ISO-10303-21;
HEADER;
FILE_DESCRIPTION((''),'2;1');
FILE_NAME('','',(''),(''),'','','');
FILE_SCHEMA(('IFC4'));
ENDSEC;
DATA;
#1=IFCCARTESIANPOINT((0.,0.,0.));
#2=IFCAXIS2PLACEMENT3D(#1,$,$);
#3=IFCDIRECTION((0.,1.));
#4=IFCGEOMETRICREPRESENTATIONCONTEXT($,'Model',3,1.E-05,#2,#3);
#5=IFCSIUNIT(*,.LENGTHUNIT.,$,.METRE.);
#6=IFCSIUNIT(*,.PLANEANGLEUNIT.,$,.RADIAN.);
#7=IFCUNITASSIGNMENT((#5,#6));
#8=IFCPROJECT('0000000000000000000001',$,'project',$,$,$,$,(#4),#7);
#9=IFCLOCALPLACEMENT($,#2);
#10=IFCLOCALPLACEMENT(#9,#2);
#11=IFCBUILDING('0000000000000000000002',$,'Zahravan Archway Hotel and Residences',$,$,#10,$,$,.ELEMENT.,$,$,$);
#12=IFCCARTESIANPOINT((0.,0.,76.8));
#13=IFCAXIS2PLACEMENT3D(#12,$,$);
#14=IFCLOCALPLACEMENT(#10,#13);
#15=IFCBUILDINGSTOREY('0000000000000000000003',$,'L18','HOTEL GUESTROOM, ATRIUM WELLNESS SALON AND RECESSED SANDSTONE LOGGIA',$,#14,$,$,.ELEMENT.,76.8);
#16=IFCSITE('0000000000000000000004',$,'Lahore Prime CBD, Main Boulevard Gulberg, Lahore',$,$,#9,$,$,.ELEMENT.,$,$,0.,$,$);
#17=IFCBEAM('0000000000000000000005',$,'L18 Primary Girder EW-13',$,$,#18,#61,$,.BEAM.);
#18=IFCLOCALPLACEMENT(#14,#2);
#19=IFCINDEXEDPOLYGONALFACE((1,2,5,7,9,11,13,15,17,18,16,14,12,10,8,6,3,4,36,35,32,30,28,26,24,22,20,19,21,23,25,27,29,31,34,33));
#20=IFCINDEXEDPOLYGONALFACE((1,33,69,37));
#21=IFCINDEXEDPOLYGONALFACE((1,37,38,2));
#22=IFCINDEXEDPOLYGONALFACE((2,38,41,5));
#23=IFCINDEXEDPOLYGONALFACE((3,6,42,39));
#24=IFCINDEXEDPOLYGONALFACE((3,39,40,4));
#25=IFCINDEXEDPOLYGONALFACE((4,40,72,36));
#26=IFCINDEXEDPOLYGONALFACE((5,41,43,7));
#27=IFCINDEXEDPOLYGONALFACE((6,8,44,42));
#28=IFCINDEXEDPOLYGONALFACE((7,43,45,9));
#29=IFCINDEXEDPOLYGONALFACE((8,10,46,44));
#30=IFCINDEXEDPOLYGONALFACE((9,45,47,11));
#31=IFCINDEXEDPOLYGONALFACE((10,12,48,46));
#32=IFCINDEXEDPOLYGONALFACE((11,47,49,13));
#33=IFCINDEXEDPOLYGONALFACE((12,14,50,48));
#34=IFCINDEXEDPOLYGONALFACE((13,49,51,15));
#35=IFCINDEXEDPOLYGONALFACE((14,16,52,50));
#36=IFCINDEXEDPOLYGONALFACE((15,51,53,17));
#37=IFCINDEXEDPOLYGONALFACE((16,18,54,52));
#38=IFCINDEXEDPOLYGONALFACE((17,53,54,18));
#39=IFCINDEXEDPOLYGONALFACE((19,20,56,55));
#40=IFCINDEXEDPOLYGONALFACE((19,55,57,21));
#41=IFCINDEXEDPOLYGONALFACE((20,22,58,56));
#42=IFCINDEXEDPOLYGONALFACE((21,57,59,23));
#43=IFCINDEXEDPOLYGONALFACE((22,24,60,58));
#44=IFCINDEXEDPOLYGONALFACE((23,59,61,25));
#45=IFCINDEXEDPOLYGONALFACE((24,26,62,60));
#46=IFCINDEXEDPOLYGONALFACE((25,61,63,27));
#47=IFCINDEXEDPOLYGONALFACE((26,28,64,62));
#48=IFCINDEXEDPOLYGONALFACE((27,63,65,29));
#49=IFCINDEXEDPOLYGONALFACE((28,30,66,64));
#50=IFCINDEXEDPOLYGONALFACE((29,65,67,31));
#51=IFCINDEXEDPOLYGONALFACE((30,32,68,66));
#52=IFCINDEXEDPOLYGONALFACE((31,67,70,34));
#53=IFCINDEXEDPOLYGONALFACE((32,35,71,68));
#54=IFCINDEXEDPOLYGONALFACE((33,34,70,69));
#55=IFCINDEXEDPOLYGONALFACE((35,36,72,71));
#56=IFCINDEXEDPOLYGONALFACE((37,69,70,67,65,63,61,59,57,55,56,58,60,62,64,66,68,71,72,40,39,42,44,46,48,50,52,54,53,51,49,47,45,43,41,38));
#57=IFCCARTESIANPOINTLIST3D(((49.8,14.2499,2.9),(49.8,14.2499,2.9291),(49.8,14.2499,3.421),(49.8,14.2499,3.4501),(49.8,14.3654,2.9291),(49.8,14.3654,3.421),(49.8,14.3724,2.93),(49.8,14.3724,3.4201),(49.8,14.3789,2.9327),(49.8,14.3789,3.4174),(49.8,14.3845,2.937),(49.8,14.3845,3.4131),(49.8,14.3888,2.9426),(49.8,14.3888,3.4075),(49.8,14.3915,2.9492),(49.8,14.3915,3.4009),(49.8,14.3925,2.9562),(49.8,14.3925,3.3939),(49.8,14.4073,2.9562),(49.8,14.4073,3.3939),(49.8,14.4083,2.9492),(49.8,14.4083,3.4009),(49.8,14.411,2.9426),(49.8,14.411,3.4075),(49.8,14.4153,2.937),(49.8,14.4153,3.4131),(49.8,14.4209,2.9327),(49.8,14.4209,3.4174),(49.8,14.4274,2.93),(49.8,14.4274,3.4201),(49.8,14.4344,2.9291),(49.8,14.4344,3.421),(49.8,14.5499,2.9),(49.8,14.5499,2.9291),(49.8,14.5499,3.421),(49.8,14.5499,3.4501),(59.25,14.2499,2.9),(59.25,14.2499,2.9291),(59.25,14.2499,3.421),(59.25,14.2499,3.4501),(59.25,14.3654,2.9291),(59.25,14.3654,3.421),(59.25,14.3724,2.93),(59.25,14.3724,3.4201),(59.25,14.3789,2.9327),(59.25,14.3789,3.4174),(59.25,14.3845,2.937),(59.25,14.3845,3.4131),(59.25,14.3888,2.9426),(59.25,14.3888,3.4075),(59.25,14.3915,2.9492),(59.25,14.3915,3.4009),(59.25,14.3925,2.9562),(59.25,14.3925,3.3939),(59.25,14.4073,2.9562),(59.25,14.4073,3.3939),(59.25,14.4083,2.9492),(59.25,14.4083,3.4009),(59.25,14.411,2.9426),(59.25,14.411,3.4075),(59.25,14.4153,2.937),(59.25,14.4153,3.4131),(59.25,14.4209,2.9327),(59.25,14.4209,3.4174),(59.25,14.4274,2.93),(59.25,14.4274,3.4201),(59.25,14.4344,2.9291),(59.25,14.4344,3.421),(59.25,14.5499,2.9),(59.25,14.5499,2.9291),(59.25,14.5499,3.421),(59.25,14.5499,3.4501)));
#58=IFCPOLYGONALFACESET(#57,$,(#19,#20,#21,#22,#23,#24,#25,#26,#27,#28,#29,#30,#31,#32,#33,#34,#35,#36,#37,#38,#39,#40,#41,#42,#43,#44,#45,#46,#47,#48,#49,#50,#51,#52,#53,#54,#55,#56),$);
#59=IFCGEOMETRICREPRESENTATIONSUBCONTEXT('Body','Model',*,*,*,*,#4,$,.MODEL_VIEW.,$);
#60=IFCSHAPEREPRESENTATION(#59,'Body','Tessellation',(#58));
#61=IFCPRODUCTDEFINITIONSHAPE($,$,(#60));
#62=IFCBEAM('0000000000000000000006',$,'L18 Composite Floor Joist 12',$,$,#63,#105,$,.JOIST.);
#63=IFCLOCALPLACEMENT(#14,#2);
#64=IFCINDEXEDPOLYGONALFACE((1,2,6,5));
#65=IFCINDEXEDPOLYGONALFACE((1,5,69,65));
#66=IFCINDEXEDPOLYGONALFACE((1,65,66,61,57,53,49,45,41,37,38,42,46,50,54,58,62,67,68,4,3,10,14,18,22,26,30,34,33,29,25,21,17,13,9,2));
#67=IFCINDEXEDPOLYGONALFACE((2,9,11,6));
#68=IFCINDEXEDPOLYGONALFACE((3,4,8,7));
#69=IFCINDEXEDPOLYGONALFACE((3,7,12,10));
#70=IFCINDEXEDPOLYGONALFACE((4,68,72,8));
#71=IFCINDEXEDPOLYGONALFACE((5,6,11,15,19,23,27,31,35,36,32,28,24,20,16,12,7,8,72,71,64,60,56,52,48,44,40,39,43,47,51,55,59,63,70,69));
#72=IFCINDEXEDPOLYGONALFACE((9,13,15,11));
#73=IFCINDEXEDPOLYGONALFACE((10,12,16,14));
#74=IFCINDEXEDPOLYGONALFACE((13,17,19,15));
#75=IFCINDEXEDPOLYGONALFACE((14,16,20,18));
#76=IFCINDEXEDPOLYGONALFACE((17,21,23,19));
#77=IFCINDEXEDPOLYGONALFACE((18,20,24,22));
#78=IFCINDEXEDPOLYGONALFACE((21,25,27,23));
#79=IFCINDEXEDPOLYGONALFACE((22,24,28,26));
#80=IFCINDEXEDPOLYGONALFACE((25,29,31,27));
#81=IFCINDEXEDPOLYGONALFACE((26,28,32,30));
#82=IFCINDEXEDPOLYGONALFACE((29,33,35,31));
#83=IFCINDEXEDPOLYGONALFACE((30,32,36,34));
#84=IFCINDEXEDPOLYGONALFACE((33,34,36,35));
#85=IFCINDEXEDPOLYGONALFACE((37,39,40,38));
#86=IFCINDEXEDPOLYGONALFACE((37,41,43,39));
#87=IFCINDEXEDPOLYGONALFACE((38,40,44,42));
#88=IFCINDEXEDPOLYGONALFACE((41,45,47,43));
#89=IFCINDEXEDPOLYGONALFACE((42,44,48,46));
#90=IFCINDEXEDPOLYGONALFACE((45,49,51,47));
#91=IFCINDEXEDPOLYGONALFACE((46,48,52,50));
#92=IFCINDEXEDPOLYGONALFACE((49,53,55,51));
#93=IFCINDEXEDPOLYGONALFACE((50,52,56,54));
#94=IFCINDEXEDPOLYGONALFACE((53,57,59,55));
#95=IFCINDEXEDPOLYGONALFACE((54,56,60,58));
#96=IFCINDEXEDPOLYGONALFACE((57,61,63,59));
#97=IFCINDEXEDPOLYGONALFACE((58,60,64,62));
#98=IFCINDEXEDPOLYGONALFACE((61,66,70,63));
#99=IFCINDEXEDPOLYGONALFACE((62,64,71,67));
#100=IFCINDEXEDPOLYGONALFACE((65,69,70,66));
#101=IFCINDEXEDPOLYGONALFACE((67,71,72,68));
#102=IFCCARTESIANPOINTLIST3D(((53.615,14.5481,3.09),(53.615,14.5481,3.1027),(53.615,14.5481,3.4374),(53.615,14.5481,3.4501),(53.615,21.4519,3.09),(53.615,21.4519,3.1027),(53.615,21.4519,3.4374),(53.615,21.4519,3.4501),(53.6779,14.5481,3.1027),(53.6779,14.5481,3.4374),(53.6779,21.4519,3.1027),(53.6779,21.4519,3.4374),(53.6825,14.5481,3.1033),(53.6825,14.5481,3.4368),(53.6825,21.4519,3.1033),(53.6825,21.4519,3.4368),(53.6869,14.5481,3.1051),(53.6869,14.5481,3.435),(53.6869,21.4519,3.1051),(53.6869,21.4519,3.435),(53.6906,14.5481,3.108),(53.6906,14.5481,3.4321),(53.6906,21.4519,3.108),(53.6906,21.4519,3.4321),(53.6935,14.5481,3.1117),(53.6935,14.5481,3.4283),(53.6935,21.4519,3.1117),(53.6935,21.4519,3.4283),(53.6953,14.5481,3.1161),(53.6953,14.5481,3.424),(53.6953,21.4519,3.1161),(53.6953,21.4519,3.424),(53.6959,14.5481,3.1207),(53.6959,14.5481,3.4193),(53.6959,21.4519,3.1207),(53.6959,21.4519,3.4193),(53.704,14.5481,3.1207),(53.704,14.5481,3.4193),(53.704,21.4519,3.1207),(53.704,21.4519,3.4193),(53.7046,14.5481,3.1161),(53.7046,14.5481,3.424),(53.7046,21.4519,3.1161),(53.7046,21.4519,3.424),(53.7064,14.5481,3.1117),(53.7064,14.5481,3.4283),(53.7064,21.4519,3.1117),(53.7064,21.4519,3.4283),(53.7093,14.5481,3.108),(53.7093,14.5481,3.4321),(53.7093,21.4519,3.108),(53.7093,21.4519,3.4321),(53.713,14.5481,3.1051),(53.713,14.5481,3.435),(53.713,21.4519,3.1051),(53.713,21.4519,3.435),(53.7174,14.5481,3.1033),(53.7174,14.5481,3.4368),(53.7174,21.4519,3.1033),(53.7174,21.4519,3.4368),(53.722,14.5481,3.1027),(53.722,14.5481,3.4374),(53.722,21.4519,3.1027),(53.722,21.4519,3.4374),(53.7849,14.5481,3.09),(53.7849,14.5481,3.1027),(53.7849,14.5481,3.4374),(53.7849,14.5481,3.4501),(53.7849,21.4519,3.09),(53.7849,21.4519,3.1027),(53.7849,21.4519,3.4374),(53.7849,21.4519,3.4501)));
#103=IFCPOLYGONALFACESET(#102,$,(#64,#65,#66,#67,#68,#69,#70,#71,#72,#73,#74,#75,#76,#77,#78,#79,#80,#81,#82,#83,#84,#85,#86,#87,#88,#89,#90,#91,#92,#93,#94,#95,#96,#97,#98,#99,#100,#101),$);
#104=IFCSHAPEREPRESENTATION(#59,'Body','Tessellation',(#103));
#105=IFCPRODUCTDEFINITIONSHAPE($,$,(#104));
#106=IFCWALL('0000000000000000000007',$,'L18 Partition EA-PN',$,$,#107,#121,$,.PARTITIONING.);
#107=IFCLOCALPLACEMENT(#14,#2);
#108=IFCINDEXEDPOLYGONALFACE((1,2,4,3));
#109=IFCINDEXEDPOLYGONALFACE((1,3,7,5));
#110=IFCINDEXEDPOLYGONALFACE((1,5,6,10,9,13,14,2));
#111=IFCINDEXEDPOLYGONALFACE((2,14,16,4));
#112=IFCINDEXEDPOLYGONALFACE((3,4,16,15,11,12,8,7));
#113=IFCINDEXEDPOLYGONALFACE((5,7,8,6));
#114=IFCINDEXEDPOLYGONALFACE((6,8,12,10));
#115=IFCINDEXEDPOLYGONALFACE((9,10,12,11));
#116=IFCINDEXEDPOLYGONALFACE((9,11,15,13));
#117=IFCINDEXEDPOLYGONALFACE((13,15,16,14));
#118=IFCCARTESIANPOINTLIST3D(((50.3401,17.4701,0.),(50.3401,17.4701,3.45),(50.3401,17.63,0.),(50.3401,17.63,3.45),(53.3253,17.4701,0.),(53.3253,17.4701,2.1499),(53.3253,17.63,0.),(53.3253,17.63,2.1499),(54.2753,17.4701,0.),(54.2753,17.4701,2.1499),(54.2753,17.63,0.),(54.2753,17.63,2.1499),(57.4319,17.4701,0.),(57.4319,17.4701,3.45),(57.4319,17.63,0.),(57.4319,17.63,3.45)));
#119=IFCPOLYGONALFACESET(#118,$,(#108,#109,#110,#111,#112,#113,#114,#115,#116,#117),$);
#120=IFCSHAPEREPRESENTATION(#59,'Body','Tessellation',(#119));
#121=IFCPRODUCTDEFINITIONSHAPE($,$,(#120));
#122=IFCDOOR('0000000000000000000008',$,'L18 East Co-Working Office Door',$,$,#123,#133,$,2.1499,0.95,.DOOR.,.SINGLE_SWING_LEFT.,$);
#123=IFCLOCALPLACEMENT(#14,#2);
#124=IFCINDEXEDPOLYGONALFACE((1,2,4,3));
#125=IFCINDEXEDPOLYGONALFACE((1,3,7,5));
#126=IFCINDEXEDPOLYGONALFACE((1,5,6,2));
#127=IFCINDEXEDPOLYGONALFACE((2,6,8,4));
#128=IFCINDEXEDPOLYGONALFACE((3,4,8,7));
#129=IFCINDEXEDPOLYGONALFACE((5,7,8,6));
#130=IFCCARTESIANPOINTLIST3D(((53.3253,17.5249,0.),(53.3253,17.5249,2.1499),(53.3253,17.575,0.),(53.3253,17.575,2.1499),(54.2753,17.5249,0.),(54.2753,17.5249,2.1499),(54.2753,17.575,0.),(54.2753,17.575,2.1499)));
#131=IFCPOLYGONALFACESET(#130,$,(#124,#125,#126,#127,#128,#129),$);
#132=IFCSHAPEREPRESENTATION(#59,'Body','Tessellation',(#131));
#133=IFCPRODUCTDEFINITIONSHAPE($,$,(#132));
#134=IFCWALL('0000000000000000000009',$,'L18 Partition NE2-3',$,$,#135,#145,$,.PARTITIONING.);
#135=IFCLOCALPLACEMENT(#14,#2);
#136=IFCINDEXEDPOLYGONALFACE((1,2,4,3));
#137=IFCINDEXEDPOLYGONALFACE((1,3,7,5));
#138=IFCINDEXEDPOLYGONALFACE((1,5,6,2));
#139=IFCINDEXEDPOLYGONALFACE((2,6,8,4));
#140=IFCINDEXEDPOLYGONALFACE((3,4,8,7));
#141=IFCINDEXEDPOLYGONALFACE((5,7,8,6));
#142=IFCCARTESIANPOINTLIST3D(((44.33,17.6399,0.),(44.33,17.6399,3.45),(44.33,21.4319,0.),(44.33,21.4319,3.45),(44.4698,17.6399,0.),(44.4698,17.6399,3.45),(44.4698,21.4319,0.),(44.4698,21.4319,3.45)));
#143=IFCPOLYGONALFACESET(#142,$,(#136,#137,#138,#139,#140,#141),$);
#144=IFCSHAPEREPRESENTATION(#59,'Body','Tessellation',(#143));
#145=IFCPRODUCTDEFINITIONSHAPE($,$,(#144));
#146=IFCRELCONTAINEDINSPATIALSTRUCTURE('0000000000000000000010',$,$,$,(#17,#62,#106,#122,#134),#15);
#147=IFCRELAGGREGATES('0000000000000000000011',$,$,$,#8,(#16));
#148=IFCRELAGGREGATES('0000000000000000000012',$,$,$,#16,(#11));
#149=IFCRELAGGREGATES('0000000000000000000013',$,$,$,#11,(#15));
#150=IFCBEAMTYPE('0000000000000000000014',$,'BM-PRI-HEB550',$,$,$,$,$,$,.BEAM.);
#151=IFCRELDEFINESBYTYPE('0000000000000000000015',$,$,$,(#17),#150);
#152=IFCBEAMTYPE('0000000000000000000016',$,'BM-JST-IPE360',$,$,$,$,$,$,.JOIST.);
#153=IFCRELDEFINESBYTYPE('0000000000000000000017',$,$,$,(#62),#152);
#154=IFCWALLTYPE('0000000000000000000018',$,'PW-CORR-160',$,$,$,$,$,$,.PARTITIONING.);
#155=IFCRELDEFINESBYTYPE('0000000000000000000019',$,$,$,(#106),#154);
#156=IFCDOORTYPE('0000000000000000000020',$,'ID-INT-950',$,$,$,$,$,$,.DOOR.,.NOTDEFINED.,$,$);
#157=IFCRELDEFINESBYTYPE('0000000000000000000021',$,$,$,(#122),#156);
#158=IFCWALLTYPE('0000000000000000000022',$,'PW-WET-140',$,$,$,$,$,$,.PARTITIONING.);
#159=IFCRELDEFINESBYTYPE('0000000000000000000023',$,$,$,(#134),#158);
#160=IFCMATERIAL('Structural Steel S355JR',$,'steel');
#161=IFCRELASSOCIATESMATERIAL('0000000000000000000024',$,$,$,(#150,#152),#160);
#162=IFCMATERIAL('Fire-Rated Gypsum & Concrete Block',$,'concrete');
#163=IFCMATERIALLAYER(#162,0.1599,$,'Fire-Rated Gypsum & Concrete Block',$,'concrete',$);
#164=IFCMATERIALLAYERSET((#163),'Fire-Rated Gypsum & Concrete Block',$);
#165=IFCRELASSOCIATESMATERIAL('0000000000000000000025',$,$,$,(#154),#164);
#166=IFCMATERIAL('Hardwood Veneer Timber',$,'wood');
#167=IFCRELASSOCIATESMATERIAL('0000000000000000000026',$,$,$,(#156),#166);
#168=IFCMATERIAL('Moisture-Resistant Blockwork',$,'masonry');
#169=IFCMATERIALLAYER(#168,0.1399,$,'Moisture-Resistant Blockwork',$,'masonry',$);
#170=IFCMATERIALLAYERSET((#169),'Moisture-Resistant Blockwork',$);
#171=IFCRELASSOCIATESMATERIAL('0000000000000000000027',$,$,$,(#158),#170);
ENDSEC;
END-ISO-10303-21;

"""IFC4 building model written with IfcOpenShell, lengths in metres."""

from ifc_helpers import new_model, si_unit, direction, frame, frame_2d, origin, origin_2d, place, context, subcontext, project, spatial, rectangle, i_section, extrude, source, transform, mapped, material, layer, layer_set, material_profile, profile_set, type_object, type_shapes, element, fill, save


model = new_model("IFC4")

# Units and contexts
model_context = context("Model", 3, precision=1e-05, world=origin(), true_north=direction((0.0, 1.0)))
body_context = subcontext(model_context, "Body", "Model", "MODEL_VIEW")
ifc_project = project(units=[si_unit("LENGTHUNIT", "METRE"), si_unit("PLANEANGLEUNIT", "RADIAN")], contexts=[model_context])

# Site, building, storey
site_placement = place(None, origin())
site = spatial("IfcSite", under=ifc_project, at=site_placement, Name="Lahore Prime CBD, Main Boulevard Gulberg, Lahore", CompositionType="ELEMENT", RefElevation=0.0)
building_placement = place(site_placement, origin())
building = spatial("IfcBuilding", under=site, at=building_placement, Name="Zahravan Archway Hotel and Residences", CompositionType="ELEMENT")
storey_placement = place(building_placement, frame((0.0, 0.0, 76.8)))
storey = spatial("IfcBuildingStorey", under=building, at=storey_placement, Name="L18", Description="HOTEL GUESTROOM, ATRIUM WELLNESS SALON AND RECESSED SANDSTONE LOGGIA", CompositionType="ELEMENT", Elevation=76.8)

# Beams
ifc_material_1 = material(Name="Structural Steel S355JR", Category="steel")
ifc_material_profile_1 = material_profile(ifc_material_1, i_section(OverallWidth=0.3, OverallDepth=0.55, WebThickness=0.0149, FlangeThickness=0.0291, FilletRadius=0.0271, at=origin_2d()), Name="HEB 550", Category="steel")
ifc_profile_set_1 = profile_set([ifc_material_profile_1], Name="Structural Steel S355JR")
beam_type_1 = type_object("IfcBeamType", Name="BM-PRI-HEB550", PredefinedType="BEAM", material=ifc_profile_set_1)
shared_shape_1 = source(origin(), body_context, "Body", "SweptSolid", [
    extrude(i_section(OverallWidth=0.3, OverallDepth=0.55, WebThickness=0.0149, FlangeThickness=0.0291, FilletRadius=0.0271, at=origin_2d()), origin(), (0.0, 0.0, 1.0), 9.45),
])
beam_1_placement = place(storey_placement, frame((49.8, 14.3999, 3.175), z_axis=(1.0, 0.0, 0.0), x_axis=(0.0, 1.0, 0.0)))
element("IfcBeam", 1, at=beam_1_placement, inside=storey, type_object=beam_type_1, Name="L18 Primary Girder EW-13", PredefinedType="BEAM", context=body_context, shape_type="MappedRepresentation", body=[
    mapped(shared_shape_1, transform((0.0, 0.0, 0.0), scale=1.0)),
])
ifc_material_profile_2 = material_profile(ifc_material_1, i_section(OverallWidth=0.1699, OverallDepth=0.3601, WebThickness=0.0081, FlangeThickness=0.0127, FilletRadius=0.0181, at=origin_2d()), Name="IPE 360", Category="steel")
ifc_profile_set_2 = profile_set([ifc_material_profile_2], Name="Structural Steel S355JR")
beam_type_2 = type_object("IfcBeamType", Name="BM-JST-IPE360", PredefinedType="JOIST", material=ifc_profile_set_2)
shared_shape_2 = source(origin(), body_context, "Body", "SweptSolid", [
    extrude(i_section(OverallWidth=0.1699, OverallDepth=0.3601, WebThickness=0.0081, FlangeThickness=0.0127, FilletRadius=0.0181, at=origin_2d()), origin(), (0.0, 0.0, 1.0), 6.9038),
])
beam_2_placement = place(storey_placement, frame((53.7, 14.5481, 3.27), z_axis=(0.0, 1.0, 0.0), x_axis=(-1.0, 0.0, 0.0)))
element("IfcBeam", 2, at=beam_2_placement, inside=storey, type_object=beam_type_2, Name="L18 Composite Floor Joist 12", PredefinedType="JOIST", context=body_context, shape_type="MappedRepresentation", body=[
    mapped(shared_shape_2, transform((0.0, 0.0, 0.0), scale=1.0)),
])

# Wall, opening, door
ifc_material_2 = material(Name="Fire-Rated Gypsum & Concrete Block", Category="concrete")
ifc_layer_1 = layer(ifc_material_2, 0.1599, Name="Fire-Rated Gypsum & Concrete Block", Category="concrete")
ifc_layer_set_1 = layer_set([ifc_layer_1], Name="Fire-Rated Gypsum & Concrete Block")
wall_type_1 = type_object("IfcWallType", Name="PW-CORR-160", PredefinedType="PARTITIONING", material=ifc_layer_set_1)
wall_1_placement = place(storey_placement, frame((50.3401, 17.55, 0.0), z_axis=(0.0, 0.0, 1.0), x_axis=(1.0, 0.0, 0.0)))
wall_1 = element("IfcWall", 3, at=wall_1_placement, inside=storey, type_object=wall_type_1, Name="L18 Partition EA-PN", PredefinedType="PARTITIONING", context=body_context, shape_type="SweptSolid", body=[
    extrude(rectangle(XDim=7.0918, YDim=0.1599, at=frame_2d((3.5459, 0.0))), origin(), (0.0, 0.0, 1.0), 3.45),
])
opening_1_placement = place(wall_1_placement, frame((2.9851, 0.0, 0.0)))
opening_1 = element("IfcOpeningElement", 4, at=opening_1_placement, cuts=wall_1, PredefinedType="OPENING", context=body_context, shape_type="SweptSolid", body=[
    extrude(rectangle(XDim=0.95, YDim=2.1499, at=frame_2d((0.4751, 1.075))), frame((0.0, 0.0898, 0.0), z_axis=(0.0, -1.0, 0.0), x_axis=(1.0, 0.0, 0.0)), (0.0, 0.0, 1.0), 0.1799),
])
ifc_material_3 = material(Name="Hardwood Veneer Timber", Category="wood")
door_type_1 = type_object("IfcDoorType", Name="ID-INT-950", OperationType="NOTDEFINED", PredefinedType="DOOR", material=ifc_material_3)
shared_shape_3 = source(origin(), body_context, "Body", "SweptSolid", [
    extrude(rectangle(XDim=0.95, YDim=2.1499, at=frame_2d((0.4751, 1.075))), frame((0.0, 0.0249, 0.0), z_axis=(0.0, -1.0, 0.0), x_axis=(1.0, 0.0, 0.0)), (0.0, 0.0, 1.0), 0.05),
])
type_shapes(door_type_1, [shared_shape_3])
door_1_placement = place(opening_1_placement, origin())
door_1 = element("IfcDoor", 5, at=door_1_placement, inside=storey, type_object=door_type_1, Name="L18 East Co-Working Office Door", OperationType="SINGLE_SWING_LEFT", OverallHeight=2.1499, OverallWidth=0.95, PredefinedType="DOOR", context=body_context, shape_type="MappedRepresentation", body=[
    mapped(shared_shape_3, transform((0.0, 0.0, 0.0), scale=1.0)),
])
fill(opening_1, door_1)

# Wall
ifc_material_4 = material(Name="Moisture-Resistant Blockwork", Category="masonry")
ifc_layer_2 = layer(ifc_material_4, 0.1399, Name="Moisture-Resistant Blockwork", Category="masonry")
ifc_layer_set_2 = layer_set([ifc_layer_2], Name="Moisture-Resistant Blockwork")
wall_type_2 = type_object("IfcWallType", Name="PW-WET-140", PredefinedType="PARTITIONING", material=ifc_layer_set_2)
wall_2_placement = place(storey_placement, frame((44.3999, 17.6399, 0.0), z_axis=(0.0, 0.0, 1.0), x_axis=(0.0, 1.0, 0.0)))
element("IfcWall", 6, at=wall_2_placement, inside=storey, type_object=wall_type_2, Name="L18 Partition NE2-3", PredefinedType="PARTITIONING", context=body_context, shape_type="SweptSolid", body=[
    extrude(rectangle(XDim=3.792, YDim=0.1399, at=frame_2d((1.896, 0.0))), origin(), (0.0, 0.0, 1.0), 3.45),
])

save(model, "model.ifc")
